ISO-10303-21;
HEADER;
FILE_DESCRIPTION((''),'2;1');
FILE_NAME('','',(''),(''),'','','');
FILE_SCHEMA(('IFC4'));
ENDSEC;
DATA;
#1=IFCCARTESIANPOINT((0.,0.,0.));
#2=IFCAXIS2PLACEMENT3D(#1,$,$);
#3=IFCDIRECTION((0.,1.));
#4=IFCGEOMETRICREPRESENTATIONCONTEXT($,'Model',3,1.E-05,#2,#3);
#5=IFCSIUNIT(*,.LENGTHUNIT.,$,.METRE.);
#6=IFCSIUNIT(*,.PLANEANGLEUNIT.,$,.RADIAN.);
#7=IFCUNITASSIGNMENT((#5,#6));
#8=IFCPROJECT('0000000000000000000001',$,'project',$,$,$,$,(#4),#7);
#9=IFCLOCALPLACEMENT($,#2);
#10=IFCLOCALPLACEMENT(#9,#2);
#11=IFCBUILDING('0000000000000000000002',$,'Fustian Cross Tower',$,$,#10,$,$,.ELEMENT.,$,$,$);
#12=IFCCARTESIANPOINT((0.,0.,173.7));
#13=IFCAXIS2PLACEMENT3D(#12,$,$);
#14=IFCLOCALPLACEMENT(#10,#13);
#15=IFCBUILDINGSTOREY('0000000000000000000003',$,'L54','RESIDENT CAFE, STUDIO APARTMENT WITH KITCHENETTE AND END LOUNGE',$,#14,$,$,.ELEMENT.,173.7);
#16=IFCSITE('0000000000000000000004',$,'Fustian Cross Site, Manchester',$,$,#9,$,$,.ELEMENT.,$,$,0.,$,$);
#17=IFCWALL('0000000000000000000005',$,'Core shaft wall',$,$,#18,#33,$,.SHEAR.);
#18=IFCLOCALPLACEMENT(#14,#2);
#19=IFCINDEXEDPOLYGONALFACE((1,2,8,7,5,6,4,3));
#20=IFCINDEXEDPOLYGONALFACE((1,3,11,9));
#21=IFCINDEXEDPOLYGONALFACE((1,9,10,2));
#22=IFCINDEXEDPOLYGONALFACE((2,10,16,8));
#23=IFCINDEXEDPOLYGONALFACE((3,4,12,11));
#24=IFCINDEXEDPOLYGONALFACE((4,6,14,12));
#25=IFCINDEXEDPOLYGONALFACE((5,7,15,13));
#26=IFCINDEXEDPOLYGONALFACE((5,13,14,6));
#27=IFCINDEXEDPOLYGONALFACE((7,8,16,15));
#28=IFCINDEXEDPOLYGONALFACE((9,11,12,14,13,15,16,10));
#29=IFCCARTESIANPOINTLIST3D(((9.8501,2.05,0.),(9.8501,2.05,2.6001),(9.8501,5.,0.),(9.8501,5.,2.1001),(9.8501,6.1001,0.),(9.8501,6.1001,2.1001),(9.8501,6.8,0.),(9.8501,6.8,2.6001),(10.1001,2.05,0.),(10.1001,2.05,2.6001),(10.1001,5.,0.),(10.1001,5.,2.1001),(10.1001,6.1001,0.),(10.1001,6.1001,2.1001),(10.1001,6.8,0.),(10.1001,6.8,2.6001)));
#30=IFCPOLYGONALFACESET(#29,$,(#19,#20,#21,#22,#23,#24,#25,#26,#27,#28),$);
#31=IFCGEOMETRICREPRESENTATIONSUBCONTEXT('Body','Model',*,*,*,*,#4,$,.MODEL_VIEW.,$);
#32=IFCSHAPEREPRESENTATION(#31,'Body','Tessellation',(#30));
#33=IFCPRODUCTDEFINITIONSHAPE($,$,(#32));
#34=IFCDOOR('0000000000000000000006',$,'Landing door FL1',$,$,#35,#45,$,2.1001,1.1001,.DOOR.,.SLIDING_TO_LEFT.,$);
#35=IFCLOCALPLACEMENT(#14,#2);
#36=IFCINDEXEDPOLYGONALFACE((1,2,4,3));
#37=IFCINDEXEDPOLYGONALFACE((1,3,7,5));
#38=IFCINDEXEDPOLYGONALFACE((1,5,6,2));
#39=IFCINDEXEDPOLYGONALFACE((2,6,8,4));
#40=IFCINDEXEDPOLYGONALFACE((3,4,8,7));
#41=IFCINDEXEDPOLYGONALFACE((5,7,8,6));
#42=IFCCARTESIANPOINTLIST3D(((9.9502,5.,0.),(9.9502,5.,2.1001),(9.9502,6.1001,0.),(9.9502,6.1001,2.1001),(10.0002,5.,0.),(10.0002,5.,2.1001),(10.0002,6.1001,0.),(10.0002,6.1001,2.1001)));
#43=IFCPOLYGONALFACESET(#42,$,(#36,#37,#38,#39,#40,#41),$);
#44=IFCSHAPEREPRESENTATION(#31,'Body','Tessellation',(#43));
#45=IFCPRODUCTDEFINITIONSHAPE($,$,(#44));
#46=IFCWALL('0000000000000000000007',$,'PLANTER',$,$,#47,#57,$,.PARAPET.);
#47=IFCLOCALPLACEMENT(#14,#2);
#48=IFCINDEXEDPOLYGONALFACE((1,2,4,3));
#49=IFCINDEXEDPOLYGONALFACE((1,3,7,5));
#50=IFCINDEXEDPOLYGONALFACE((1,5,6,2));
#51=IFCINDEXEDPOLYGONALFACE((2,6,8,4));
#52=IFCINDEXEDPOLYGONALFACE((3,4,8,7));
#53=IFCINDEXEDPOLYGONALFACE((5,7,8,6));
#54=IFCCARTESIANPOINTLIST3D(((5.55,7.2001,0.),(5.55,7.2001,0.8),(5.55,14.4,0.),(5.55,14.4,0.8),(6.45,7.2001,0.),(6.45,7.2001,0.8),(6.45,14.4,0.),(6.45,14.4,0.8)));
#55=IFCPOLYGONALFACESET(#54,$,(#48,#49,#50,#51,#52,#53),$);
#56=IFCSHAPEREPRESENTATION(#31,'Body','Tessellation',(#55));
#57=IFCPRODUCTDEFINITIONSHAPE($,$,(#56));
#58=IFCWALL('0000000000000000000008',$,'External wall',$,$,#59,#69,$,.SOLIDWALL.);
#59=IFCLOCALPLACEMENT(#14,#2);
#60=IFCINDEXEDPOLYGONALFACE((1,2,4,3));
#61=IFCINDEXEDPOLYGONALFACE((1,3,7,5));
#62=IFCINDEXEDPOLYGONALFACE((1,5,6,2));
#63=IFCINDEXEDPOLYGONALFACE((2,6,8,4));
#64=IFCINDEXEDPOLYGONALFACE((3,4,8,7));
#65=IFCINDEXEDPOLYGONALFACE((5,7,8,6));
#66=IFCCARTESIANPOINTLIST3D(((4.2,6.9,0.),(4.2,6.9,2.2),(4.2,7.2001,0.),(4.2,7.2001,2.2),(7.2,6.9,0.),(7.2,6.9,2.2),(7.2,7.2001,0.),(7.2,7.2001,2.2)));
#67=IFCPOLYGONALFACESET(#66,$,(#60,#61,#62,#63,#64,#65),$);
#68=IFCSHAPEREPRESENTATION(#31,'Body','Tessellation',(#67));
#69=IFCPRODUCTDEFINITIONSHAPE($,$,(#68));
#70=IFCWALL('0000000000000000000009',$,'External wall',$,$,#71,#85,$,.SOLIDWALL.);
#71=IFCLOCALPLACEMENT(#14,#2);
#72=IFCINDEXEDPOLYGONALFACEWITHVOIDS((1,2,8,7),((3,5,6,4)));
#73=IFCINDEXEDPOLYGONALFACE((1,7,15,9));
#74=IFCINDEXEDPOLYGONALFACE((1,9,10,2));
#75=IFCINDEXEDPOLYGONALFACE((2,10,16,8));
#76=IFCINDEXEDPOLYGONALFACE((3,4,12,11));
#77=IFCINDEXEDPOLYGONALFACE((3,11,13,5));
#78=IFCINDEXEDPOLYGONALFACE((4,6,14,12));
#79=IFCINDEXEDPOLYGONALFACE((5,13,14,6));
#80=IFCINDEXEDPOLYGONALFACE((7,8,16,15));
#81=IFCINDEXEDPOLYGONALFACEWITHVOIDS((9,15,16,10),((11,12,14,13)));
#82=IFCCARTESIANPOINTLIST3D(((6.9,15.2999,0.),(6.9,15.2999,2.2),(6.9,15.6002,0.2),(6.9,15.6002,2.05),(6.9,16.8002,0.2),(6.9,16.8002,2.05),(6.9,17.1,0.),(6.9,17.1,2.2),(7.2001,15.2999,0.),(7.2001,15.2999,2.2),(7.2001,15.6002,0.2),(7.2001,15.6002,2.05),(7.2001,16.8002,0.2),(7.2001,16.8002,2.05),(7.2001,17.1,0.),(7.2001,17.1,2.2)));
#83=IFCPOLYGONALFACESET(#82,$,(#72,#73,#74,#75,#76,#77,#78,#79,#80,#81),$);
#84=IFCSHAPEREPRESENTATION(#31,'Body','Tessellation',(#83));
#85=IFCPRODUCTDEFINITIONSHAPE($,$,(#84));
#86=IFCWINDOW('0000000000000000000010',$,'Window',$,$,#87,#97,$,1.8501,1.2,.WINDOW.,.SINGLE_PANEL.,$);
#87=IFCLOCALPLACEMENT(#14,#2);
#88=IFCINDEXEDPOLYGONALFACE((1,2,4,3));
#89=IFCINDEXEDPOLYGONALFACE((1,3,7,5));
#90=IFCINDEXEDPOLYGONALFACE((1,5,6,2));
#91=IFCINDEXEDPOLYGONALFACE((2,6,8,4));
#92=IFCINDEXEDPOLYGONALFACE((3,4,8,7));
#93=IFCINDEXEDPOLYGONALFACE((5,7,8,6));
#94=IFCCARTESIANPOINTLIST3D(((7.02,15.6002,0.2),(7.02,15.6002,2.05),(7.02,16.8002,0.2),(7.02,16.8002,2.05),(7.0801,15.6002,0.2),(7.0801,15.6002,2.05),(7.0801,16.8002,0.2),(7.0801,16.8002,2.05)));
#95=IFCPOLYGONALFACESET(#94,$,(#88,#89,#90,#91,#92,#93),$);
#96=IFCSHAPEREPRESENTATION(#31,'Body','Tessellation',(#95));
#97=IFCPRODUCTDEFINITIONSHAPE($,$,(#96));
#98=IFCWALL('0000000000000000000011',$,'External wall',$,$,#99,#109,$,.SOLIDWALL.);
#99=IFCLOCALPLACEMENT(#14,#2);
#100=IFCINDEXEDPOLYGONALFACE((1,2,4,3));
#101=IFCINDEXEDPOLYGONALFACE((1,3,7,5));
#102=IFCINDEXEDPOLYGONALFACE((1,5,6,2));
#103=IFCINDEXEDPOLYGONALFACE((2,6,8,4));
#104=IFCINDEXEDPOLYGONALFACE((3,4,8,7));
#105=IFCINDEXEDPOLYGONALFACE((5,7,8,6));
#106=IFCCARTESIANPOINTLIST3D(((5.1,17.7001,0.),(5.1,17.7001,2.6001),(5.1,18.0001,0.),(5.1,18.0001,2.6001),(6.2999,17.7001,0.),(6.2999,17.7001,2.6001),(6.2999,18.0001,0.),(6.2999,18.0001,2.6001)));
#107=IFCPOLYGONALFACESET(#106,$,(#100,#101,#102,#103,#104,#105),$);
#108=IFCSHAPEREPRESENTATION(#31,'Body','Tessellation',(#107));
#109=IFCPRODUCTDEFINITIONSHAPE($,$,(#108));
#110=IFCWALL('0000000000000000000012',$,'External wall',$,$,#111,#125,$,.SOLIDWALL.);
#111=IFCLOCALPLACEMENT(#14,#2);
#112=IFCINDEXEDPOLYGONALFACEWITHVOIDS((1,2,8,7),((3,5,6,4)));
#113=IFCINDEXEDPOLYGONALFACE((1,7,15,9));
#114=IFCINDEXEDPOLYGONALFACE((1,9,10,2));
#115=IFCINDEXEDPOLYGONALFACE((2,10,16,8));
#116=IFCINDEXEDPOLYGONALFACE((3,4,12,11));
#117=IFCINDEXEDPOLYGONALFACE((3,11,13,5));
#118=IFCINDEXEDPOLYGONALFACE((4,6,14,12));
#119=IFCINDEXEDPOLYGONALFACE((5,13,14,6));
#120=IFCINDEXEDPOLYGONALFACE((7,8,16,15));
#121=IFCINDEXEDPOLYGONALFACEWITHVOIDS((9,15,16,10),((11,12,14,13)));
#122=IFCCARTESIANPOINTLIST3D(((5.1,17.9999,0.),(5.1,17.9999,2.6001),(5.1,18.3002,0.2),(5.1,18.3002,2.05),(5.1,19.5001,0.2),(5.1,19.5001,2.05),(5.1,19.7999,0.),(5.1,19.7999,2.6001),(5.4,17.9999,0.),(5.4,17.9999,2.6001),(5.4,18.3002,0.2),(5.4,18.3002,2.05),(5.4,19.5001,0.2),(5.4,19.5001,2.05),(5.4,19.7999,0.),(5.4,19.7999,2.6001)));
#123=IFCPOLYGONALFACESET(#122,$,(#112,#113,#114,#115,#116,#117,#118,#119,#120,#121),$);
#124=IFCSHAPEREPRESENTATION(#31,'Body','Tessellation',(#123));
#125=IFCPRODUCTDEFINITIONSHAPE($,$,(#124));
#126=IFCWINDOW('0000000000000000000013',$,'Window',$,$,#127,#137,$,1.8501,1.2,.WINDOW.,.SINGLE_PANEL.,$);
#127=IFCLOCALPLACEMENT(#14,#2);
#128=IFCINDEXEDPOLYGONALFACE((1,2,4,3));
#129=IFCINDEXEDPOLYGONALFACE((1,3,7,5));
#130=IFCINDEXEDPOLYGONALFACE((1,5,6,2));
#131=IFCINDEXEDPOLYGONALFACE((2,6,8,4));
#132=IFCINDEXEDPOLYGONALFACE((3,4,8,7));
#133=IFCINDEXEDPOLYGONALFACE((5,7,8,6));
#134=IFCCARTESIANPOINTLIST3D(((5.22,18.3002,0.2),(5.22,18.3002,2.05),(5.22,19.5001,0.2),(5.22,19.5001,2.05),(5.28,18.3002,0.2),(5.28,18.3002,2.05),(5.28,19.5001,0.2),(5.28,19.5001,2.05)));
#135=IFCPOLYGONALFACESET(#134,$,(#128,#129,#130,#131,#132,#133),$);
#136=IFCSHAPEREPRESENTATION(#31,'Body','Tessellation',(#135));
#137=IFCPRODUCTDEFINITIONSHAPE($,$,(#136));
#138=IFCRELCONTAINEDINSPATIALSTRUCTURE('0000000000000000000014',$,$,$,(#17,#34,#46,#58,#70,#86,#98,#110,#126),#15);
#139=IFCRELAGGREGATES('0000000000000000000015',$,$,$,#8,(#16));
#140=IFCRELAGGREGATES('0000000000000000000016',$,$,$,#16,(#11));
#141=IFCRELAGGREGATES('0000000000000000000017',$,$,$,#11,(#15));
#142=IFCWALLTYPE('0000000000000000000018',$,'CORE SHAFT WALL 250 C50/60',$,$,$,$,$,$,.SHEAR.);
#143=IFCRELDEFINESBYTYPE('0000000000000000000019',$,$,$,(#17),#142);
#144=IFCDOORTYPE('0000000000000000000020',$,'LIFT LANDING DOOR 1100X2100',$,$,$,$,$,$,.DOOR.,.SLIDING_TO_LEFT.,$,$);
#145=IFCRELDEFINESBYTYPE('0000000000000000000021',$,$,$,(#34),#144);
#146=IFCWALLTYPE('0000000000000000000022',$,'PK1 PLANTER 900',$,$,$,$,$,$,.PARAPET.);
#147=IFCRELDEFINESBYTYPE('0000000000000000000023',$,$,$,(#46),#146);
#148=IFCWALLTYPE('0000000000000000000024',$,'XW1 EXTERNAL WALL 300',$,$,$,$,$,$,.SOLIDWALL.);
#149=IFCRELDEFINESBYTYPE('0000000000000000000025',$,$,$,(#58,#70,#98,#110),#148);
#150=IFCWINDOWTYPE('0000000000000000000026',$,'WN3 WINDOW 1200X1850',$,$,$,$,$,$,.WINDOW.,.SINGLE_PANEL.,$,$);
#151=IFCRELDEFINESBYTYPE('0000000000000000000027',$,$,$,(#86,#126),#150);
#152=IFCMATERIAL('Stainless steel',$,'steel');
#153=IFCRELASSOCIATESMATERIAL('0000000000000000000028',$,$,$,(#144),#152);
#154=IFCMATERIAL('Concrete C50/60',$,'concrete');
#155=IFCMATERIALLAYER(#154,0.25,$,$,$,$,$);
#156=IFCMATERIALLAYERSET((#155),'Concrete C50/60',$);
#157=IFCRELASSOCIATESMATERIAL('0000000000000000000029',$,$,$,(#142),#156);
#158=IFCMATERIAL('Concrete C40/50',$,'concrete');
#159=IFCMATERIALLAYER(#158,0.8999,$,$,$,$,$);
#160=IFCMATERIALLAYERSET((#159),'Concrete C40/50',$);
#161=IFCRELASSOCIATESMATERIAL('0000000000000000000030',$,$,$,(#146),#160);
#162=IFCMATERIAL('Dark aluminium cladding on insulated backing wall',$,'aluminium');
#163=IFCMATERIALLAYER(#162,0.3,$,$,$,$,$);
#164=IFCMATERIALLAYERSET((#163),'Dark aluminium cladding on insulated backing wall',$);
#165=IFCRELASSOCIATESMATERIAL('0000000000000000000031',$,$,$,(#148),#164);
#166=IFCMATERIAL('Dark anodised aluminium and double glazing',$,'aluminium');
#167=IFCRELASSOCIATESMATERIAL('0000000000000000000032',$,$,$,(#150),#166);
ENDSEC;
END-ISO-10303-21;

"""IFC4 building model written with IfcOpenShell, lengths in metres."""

from ifc_helpers import new_model, si_unit, direction, frame, frame_2d, origin, place, context, subcontext, project, spatial, rectangle, extrude, material, layer, layer_set, type_object, element, fill, save


model = new_model("IFC4")

# Units and contexts
model_context = context("Model", 3, precision=1e-05, world=origin(), true_north=direction((0.0, 1.0)))
body_context = subcontext(model_context, "Body", "Model", "MODEL_VIEW")
ifc_project = project(units=[si_unit("LENGTHUNIT", "METRE"), si_unit("PLANEANGLEUNIT", "RADIAN")], contexts=[model_context])

# Site, building, storey
site_placement = place(None, origin())
site = spatial("IfcSite", under=ifc_project, at=site_placement, Name="Fustian Cross Site, Manchester", CompositionType="ELEMENT", RefElevation=0.0)
building_placement = place(site_placement, origin())
building = spatial("IfcBuilding", under=site, at=building_placement, Name="Fustian Cross Tower", CompositionType="ELEMENT")
storey_placement = place(building_placement, frame((0.0, 0.0, 173.7)))
storey = spatial("IfcBuildingStorey", under=building, at=storey_placement, Name="L54", Description="RESIDENT CAFE, STUDIO APARTMENT WITH KITCHENETTE AND END LOUNGE", CompositionType="ELEMENT", Elevation=173.7)

# Shared definitions
ifc_material_1 = material(Name="Stainless steel", Category="steel")
door_type_1 = type_object("IfcDoorType", Name="LIFT LANDING DOOR 1100X2100", OperationType="SLIDING_TO_LEFT", PredefinedType="DOOR", material=ifc_material_1)

# Shared definitions
ifc_material_2 = material(Name="Concrete C50/60", Category="concrete")
ifc_layer_1 = layer(ifc_material_2, 0.25)
ifc_layer_set_1 = layer_set([ifc_layer_1], Name="Concrete C50/60")
wall_type_1 = type_object("IfcWallType", Name="CORE SHAFT WALL 250 C50/60", PredefinedType="SHEAR", material=ifc_layer_set_1)

# Wall, opening, door
wall_1_placement = place(storey_placement, frame((9.9751, 2.05, 0.0), z_axis=(0.0, 0.0, 1.0), x_axis=(0.0, 1.0, 0.0)))
wall_1 = element("IfcWall", 1, at=wall_1_placement, inside=storey, type_object=wall_type_1, Name="Core shaft wall", PredefinedType="SHEAR", context=body_context, shape_type="SweptSolid", body=[
    extrude(rectangle(XDim=4.75, YDim=0.25, at=frame_2d((2.375, 0.0))), origin(), (0.0, 0.0, 1.0), 2.6001),
])
opening_1_placement = place(wall_1_placement, frame((2.95, 0.0, 0.0)))
opening_1 = element("IfcOpeningElement", 2, at=opening_1_placement, cuts=wall_1, PredefinedType="OPENING", context=body_context, shape_type="SweptSolid", body=[
    extrude(rectangle(XDim=1.1001, YDim=2.1001, at=frame_2d((0.55, 1.05))), frame((0.0, 0.135, 0.0), z_axis=(0.0, -1.0, 0.0), x_axis=(1.0, 0.0, 0.0)), (0.0, 0.0, 1.0), 0.27),
])
door_1_placement = place(opening_1_placement, origin())
door_1 = element("IfcDoor", 3, at=door_1_placement, inside=storey, type_object=door_type_1, Name="Landing door FL1", OperationType="SLIDING_TO_LEFT", OverallHeight=2.1001, OverallWidth=1.1001, PredefinedType="DOOR", context=body_context, shape_type="SweptSolid", body=[
    extrude(rectangle(XDim=1.1001, YDim=2.1001, at=frame_2d((0.55, 1.05))), frame((0.0, 0.0249, 0.0), z_axis=(0.0, -1.0, 0.0), x_axis=(1.0, 0.0, 0.0)), (0.0, 0.0, 1.0), 0.05),
])
fill(opening_1, door_1)

# Walls
ifc_material_3 = material(Name="Concrete C40/50", Category="concrete")
ifc_layer_2 = layer(ifc_material_3, 0.8999)
ifc_layer_set_2 = layer_set([ifc_layer_2], Name="Concrete C40/50")
wall_type_2 = type_object("IfcWallType", Name="PK1 PLANTER 900", PredefinedType="PARAPET", material=ifc_layer_set_2)
wall_2_placement = place(storey_placement, frame((6.0, 7.2, 0.0), z_axis=(0.0, 0.0, 1.0), x_axis=(0.0, 1.0, 0.0)))
element("IfcWall", 4, at=wall_2_placement, inside=storey, type_object=wall_type_2, Name="PLANTER", PredefinedType="PARAPET", context=body_context, shape_type="SweptSolid", body=[
    extrude(rectangle(XDim=7.2, YDim=0.8999, at=frame_2d((3.6001, 0.0))), origin(), (0.0, 0.0, 1.0), 0.8),
])
ifc_material_4 = material(Name="Dark aluminium cladding on insulated backing wall", Category="aluminium")
ifc_layer_3 = layer(ifc_material_4, 0.3)
ifc_layer_set_3 = layer_set([ifc_layer_3], Name="Dark aluminium cladding on insulated backing wall")
wall_type_3 = type_object("IfcWallType", Name="XW1 EXTERNAL WALL 300", PredefinedType="SOLIDWALL", material=ifc_layer_set_3)
wall_3_placement = place(storey_placement, frame((7.2, 7.05, 0.0), z_axis=(0.0, 0.0, 1.0), x_axis=(-1.0, 0.0, 0.0)))
element("IfcWall", 5, at=wall_3_placement, inside=storey, type_object=wall_type_3, Name="External wall", PredefinedType="SOLIDWALL", context=body_context, shape_type="SweptSolid", body=[
    extrude(rectangle(XDim=3.0, YDim=0.3, at=frame_2d((1.5, 0.0))), origin(), (0.0, 0.0, 1.0), 2.2),
])

# Wall, opening, window
wall_4_placement = place(storey_placement, frame((7.05, 15.3, 0.0), z_axis=(0.0, 0.0, 1.0), x_axis=(0.0, 1.0, 0.0)))
wall_4 = element("IfcWall", 6, at=wall_4_placement, inside=storey, type_object=wall_type_3, Name="External wall", PredefinedType="SOLIDWALL", context=body_context, shape_type="SweptSolid", body=[
    extrude(rectangle(XDim=1.8, YDim=0.3, at=frame_2d((0.8999, 0.0))), origin(), (0.0, 0.0, 1.0), 2.2),
])
opening_2_placement = place(wall_4_placement, frame((0.3, 0.0, 0.2)))
opening_2 = element("IfcOpeningElement", 7, at=opening_2_placement, cuts=wall_4, PredefinedType="OPENING", context=body_context, shape_type="SweptSolid", body=[
    extrude(rectangle(XDim=1.2, YDim=1.8501, at=frame_2d((0.6001, 0.925))), frame((0.0, 0.1599, 0.0), z_axis=(0.0, -1.0, 0.0), x_axis=(1.0, 0.0, 0.0)), (0.0, 0.0, 1.0), 0.3201),
])
ifc_material_5 = material(Name="Dark anodised aluminium and double glazing", Category="aluminium")
window_type = type_object("IfcWindowType", Name="WN3 WINDOW 1200X1850", PartitioningType="SINGLE_PANEL", PredefinedType="WINDOW", material=ifc_material_5)
window_1_placement = place(opening_2_placement, origin())
window_1 = element("IfcWindow", 8, at=window_1_placement, inside=storey, type_object=window_type, Name="Window", OverallHeight=1.8501, OverallWidth=1.2, PartitioningType="SINGLE_PANEL", PredefinedType="WINDOW", context=body_context, shape_type="SweptSolid", body=[
    extrude(rectangle(XDim=1.2, YDim=1.8501, at=frame_2d((0.6001, 0.925))), frame((0.0, 0.03, 0.0), z_axis=(0.0, -1.0, 0.0), x_axis=(1.0, 0.0, 0.0)), (0.0, 0.0, 1.0), 0.0601),
])
fill(opening_2, window_1)

# Wall
wall_5_placement = place(storey_placement, frame((6.3, 17.8501, 0.0), z_axis=(0.0, 0.0, 1.0), x_axis=(-1.0, 0.0, 0.0)))
element("IfcWall", 9, at=wall_5_placement, inside=storey, type_object=wall_type_3, Name="External wall", PredefinedType="SOLIDWALL", context=body_context, shape_type="SweptSolid", body=[
    extrude(rectangle(XDim=1.2, YDim=0.3, at=frame_2d((0.6001, 0.0))), origin(), (0.0, 0.0, 1.0), 2.6001),
])

# Wall, opening, window
wall_6_placement = place(storey_placement, frame((5.25, 18.0, 0.0), z_axis=(0.0, 0.0, 1.0), x_axis=(0.0, 1.0, 0.0)))
wall_6 = element("IfcWall", 10, at=wall_6_placement, inside=storey, type_object=wall_type_3, Name="External wall", PredefinedType="SOLIDWALL", context=body_context, shape_type="SweptSolid", body=[
    extrude(rectangle(XDim=1.8, YDim=0.3, at=frame_2d((0.8999, 0.0))), origin(), (0.0, 0.0, 1.0), 2.6001),
])
opening_3_placement = place(wall_6_placement, frame((0.3, 0.0, 0.2)))
opening_3 = element("IfcOpeningElement", 11, at=opening_3_placement, cuts=wall_6, PredefinedType="OPENING", context=body_context, shape_type="SweptSolid", body=[
    extrude(rectangle(XDim=1.2, YDim=1.8501, at=frame_2d((0.6001, 0.925))), frame((0.0, 0.1599, 0.0), z_axis=(0.0, -1.0, 0.0), x_axis=(1.0, 0.0, 0.0)), (0.0, 0.0, 1.0), 0.3201),
])
window_2_placement = place(opening_3_placement, origin())
window_2 = element("IfcWindow", 12, at=window_2_placement, inside=storey, type_object=window_type, Name="Window", OverallHeight=1.8501, OverallWidth=1.2, PartitioningType="SINGLE_PANEL", PredefinedType="WINDOW", context=body_context, shape_type="SweptSolid", body=[
    extrude(rectangle(XDim=1.2, YDim=1.8501, at=frame_2d((0.6001, 0.925))), frame((0.0, 0.03, 0.0), z_axis=(0.0, -1.0, 0.0), x_axis=(1.0, 0.0, 0.0)), (0.0, 0.0, 1.0), 0.0601),
])
fill(opening_3, window_2)

save(model, "model.ifc")
